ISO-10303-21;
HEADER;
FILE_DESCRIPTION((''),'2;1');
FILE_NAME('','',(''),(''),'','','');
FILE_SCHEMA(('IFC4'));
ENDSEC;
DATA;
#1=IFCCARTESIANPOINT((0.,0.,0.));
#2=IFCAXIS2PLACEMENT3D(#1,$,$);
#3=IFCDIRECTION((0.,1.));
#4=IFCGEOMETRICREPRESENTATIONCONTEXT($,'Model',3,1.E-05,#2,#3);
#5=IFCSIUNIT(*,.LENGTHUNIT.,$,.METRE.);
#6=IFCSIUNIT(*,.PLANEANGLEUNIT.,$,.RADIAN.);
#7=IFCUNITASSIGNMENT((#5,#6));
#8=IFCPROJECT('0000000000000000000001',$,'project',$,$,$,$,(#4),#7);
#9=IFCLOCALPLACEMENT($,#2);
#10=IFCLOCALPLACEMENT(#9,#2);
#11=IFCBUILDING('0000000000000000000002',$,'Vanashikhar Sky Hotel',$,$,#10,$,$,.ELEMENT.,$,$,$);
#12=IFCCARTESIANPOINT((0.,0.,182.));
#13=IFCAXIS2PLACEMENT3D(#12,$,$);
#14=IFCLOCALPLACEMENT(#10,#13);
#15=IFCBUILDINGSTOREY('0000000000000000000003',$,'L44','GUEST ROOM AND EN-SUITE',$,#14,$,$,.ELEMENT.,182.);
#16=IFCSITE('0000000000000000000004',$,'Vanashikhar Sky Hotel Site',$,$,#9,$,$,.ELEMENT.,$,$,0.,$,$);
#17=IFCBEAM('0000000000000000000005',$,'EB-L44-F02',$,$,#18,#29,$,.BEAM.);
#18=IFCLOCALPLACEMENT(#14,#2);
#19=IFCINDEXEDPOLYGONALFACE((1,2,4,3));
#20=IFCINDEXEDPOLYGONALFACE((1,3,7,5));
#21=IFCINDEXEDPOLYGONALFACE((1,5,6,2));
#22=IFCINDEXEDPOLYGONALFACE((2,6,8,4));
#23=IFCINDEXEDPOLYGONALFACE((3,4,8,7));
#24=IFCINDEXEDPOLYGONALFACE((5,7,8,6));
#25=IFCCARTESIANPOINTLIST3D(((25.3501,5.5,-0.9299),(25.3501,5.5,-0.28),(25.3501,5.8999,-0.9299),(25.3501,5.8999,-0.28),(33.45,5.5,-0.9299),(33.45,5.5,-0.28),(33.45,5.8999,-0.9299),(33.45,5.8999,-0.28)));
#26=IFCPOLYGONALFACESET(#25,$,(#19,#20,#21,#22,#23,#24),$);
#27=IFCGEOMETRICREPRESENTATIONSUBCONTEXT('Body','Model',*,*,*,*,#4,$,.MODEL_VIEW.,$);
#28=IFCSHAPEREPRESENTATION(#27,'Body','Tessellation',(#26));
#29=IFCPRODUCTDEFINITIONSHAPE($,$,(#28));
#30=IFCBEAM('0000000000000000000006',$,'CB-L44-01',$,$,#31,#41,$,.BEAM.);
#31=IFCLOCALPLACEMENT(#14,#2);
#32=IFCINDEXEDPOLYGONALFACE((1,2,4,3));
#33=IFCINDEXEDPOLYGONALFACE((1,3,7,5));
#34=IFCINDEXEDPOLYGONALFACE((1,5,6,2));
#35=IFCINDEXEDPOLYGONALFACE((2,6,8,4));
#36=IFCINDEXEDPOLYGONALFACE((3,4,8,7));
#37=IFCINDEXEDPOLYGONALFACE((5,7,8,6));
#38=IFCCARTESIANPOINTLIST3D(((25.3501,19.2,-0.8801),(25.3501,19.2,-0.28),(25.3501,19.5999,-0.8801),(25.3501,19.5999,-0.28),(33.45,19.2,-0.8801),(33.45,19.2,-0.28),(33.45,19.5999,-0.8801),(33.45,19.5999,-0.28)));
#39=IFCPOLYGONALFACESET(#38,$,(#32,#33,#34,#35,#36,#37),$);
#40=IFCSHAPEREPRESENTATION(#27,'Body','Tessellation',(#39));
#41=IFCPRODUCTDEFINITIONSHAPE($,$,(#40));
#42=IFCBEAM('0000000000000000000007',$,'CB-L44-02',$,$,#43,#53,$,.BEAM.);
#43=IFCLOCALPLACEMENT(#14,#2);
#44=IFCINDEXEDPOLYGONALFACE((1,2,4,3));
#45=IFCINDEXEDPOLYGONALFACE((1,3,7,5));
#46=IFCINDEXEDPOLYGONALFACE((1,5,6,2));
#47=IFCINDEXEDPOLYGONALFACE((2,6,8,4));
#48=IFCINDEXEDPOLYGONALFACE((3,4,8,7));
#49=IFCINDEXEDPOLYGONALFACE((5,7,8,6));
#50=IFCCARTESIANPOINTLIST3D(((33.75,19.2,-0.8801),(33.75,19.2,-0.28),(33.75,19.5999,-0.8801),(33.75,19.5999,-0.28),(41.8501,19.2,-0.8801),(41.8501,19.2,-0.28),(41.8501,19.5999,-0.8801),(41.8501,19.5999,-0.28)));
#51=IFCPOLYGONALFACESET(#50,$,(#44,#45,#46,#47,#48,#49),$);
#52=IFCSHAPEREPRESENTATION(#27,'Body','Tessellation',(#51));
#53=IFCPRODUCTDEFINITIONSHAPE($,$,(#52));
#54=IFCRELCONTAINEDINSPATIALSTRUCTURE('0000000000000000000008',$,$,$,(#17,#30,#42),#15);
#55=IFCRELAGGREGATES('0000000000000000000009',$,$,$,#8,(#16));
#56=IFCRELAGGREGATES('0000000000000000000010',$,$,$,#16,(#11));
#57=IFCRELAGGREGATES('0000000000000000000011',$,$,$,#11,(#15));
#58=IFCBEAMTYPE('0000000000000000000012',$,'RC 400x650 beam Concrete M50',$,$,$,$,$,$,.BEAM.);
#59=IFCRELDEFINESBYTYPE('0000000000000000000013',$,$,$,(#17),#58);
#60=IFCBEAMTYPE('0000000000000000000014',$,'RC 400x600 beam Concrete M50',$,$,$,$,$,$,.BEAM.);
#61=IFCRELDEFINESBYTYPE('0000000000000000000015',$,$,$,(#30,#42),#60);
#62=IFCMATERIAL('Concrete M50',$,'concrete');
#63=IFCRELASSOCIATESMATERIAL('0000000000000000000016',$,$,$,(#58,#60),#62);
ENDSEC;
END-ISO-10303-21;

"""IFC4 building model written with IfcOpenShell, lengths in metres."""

from ifc_helpers import new_model, si_unit, direction, frame, origin, origin_2d, place, context, subcontext, project, spatial, rectangle, extrude, source, transform, mapped, material, material_profile, profile_set, type_object, element, save


model = new_model("IFC4")

# Units and contexts
model_context = context("Model", 3, precision=1e-05, world=origin(), true_north=direction((0.0, 1.0)))
body_context = subcontext(model_context, "Body", "Model", "MODEL_VIEW")
ifc_project = project(units=[si_unit("LENGTHUNIT", "METRE"), si_unit("PLANEANGLEUNIT", "RADIAN")], contexts=[model_context])

# Site, building, storey
site_placement = place(None, origin())
site = spatial("IfcSite", under=ifc_project, at=site_placement, Name="Vanashikhar Sky Hotel Site", CompositionType="ELEMENT", RefElevation=0.0)
building_placement = place(site_placement, origin())
building = spatial("IfcBuilding", under=site, at=building_placement, Name="Vanashikhar Sky Hotel", CompositionType="ELEMENT")
storey_placement = place(building_placement, frame((0.0, 0.0, 182.0)))
storey = spatial("IfcBuildingStorey", under=building, at=storey_placement, Name="L44", Description="GUEST ROOM AND EN-SUITE", CompositionType="ELEMENT", Elevation=182.0)

# Beams
ifc_material_1 = material(Name="Concrete M50", Category="concrete")
ifc_material_profile_1 = material_profile(ifc_material_1, rectangle(XDim=0.3999, YDim=0.6499, at=origin_2d()))
ifc_profile_set_1 = profile_set([ifc_material_profile_1], Name="RC 400x650 beam Concrete M50")
beam_type_1 = type_object("IfcBeamType", Name="RC 400x650 beam Concrete M50", PredefinedType="BEAM", material=ifc_profile_set_1)
shared_shape_1 = source(origin(), body_context, "Body", "SweptSolid", [
    extrude(rectangle(XDim=0.3999, YDim=0.6499, at=origin_2d()), origin(), (0.0, 0.0, 1.0), 8.0999),
])
beam_1_placement = place(storey_placement, frame((25.3501, 5.7, -0.605), z_axis=(1.0, 0.0, 0.0), x_axis=(0.0, 1.0, 0.0)))
element("IfcBeam", 1, at=beam_1_placement, inside=storey, type_object=beam_type_1, Name="EB-L44-F02", PredefinedType="BEAM", context=body_context, shape_type="MappedRepresentation", body=[
    mapped(shared_shape_1, transform((0.0, 0.0, 0.0), scale=1.0)),
])
ifc_material_profile_2 = material_profile(ifc_material_1, rectangle(XDim=0.3999, YDim=0.6001, at=origin_2d()))
ifc_profile_set_2 = profile_set([ifc_material_profile_2], Name="RC 400x600 beam Concrete M50")
beam_type_2 = type_object("IfcBeamType", Name="RC 400x600 beam Concrete M50", PredefinedType="BEAM", material=ifc_profile_set_2)
shared_shape_2 = source(origin(), body_context, "Body", "SweptSolid", [
    extrude(rectangle(XDim=0.3999, YDim=0.6001, at=origin_2d()), origin(), (0.0, 0.0, 1.0), 8.0999),
])
beam_2_placement = place(storey_placement, frame((25.3501, 19.3999, -0.5801), z_axis=(1.0, 0.0, 0.0), x_axis=(0.0, 1.0, 0.0)))
element("IfcBeam", 2, at=beam_2_placement, inside=storey, type_object=beam_type_2, Name="CB-L44-01", PredefinedType="BEAM", context=body_context, shape_type="MappedRepresentation", body=[
    mapped(shared_shape_2, transform((0.0, 0.0, 0.0), scale=1.0)),
])
shared_shape_3 = source(origin(), body_context, "Body", "SweptSolid", [
    extrude(rectangle(XDim=0.3999, YDim=0.6001, at=origin_2d()), origin(), (0.0, 0.0, 1.0), 8.1001),
])
beam_3_placement = place(storey_placement, frame((33.75, 19.3999, -0.5801), z_axis=(1.0, 0.0, 0.0), x_axis=(0.0, 1.0, 0.0)))
element("IfcBeam", 3, at=beam_3_placement, inside=storey, type_object=beam_type_2, Name="CB-L44-02", PredefinedType="BEAM", context=body_context, shape_type="MappedRepresentation", body=[
    mapped(shared_shape_3, transform((0.0, 0.0, 0.0), scale=1.0)),
])

save(model, "model.ifc")
